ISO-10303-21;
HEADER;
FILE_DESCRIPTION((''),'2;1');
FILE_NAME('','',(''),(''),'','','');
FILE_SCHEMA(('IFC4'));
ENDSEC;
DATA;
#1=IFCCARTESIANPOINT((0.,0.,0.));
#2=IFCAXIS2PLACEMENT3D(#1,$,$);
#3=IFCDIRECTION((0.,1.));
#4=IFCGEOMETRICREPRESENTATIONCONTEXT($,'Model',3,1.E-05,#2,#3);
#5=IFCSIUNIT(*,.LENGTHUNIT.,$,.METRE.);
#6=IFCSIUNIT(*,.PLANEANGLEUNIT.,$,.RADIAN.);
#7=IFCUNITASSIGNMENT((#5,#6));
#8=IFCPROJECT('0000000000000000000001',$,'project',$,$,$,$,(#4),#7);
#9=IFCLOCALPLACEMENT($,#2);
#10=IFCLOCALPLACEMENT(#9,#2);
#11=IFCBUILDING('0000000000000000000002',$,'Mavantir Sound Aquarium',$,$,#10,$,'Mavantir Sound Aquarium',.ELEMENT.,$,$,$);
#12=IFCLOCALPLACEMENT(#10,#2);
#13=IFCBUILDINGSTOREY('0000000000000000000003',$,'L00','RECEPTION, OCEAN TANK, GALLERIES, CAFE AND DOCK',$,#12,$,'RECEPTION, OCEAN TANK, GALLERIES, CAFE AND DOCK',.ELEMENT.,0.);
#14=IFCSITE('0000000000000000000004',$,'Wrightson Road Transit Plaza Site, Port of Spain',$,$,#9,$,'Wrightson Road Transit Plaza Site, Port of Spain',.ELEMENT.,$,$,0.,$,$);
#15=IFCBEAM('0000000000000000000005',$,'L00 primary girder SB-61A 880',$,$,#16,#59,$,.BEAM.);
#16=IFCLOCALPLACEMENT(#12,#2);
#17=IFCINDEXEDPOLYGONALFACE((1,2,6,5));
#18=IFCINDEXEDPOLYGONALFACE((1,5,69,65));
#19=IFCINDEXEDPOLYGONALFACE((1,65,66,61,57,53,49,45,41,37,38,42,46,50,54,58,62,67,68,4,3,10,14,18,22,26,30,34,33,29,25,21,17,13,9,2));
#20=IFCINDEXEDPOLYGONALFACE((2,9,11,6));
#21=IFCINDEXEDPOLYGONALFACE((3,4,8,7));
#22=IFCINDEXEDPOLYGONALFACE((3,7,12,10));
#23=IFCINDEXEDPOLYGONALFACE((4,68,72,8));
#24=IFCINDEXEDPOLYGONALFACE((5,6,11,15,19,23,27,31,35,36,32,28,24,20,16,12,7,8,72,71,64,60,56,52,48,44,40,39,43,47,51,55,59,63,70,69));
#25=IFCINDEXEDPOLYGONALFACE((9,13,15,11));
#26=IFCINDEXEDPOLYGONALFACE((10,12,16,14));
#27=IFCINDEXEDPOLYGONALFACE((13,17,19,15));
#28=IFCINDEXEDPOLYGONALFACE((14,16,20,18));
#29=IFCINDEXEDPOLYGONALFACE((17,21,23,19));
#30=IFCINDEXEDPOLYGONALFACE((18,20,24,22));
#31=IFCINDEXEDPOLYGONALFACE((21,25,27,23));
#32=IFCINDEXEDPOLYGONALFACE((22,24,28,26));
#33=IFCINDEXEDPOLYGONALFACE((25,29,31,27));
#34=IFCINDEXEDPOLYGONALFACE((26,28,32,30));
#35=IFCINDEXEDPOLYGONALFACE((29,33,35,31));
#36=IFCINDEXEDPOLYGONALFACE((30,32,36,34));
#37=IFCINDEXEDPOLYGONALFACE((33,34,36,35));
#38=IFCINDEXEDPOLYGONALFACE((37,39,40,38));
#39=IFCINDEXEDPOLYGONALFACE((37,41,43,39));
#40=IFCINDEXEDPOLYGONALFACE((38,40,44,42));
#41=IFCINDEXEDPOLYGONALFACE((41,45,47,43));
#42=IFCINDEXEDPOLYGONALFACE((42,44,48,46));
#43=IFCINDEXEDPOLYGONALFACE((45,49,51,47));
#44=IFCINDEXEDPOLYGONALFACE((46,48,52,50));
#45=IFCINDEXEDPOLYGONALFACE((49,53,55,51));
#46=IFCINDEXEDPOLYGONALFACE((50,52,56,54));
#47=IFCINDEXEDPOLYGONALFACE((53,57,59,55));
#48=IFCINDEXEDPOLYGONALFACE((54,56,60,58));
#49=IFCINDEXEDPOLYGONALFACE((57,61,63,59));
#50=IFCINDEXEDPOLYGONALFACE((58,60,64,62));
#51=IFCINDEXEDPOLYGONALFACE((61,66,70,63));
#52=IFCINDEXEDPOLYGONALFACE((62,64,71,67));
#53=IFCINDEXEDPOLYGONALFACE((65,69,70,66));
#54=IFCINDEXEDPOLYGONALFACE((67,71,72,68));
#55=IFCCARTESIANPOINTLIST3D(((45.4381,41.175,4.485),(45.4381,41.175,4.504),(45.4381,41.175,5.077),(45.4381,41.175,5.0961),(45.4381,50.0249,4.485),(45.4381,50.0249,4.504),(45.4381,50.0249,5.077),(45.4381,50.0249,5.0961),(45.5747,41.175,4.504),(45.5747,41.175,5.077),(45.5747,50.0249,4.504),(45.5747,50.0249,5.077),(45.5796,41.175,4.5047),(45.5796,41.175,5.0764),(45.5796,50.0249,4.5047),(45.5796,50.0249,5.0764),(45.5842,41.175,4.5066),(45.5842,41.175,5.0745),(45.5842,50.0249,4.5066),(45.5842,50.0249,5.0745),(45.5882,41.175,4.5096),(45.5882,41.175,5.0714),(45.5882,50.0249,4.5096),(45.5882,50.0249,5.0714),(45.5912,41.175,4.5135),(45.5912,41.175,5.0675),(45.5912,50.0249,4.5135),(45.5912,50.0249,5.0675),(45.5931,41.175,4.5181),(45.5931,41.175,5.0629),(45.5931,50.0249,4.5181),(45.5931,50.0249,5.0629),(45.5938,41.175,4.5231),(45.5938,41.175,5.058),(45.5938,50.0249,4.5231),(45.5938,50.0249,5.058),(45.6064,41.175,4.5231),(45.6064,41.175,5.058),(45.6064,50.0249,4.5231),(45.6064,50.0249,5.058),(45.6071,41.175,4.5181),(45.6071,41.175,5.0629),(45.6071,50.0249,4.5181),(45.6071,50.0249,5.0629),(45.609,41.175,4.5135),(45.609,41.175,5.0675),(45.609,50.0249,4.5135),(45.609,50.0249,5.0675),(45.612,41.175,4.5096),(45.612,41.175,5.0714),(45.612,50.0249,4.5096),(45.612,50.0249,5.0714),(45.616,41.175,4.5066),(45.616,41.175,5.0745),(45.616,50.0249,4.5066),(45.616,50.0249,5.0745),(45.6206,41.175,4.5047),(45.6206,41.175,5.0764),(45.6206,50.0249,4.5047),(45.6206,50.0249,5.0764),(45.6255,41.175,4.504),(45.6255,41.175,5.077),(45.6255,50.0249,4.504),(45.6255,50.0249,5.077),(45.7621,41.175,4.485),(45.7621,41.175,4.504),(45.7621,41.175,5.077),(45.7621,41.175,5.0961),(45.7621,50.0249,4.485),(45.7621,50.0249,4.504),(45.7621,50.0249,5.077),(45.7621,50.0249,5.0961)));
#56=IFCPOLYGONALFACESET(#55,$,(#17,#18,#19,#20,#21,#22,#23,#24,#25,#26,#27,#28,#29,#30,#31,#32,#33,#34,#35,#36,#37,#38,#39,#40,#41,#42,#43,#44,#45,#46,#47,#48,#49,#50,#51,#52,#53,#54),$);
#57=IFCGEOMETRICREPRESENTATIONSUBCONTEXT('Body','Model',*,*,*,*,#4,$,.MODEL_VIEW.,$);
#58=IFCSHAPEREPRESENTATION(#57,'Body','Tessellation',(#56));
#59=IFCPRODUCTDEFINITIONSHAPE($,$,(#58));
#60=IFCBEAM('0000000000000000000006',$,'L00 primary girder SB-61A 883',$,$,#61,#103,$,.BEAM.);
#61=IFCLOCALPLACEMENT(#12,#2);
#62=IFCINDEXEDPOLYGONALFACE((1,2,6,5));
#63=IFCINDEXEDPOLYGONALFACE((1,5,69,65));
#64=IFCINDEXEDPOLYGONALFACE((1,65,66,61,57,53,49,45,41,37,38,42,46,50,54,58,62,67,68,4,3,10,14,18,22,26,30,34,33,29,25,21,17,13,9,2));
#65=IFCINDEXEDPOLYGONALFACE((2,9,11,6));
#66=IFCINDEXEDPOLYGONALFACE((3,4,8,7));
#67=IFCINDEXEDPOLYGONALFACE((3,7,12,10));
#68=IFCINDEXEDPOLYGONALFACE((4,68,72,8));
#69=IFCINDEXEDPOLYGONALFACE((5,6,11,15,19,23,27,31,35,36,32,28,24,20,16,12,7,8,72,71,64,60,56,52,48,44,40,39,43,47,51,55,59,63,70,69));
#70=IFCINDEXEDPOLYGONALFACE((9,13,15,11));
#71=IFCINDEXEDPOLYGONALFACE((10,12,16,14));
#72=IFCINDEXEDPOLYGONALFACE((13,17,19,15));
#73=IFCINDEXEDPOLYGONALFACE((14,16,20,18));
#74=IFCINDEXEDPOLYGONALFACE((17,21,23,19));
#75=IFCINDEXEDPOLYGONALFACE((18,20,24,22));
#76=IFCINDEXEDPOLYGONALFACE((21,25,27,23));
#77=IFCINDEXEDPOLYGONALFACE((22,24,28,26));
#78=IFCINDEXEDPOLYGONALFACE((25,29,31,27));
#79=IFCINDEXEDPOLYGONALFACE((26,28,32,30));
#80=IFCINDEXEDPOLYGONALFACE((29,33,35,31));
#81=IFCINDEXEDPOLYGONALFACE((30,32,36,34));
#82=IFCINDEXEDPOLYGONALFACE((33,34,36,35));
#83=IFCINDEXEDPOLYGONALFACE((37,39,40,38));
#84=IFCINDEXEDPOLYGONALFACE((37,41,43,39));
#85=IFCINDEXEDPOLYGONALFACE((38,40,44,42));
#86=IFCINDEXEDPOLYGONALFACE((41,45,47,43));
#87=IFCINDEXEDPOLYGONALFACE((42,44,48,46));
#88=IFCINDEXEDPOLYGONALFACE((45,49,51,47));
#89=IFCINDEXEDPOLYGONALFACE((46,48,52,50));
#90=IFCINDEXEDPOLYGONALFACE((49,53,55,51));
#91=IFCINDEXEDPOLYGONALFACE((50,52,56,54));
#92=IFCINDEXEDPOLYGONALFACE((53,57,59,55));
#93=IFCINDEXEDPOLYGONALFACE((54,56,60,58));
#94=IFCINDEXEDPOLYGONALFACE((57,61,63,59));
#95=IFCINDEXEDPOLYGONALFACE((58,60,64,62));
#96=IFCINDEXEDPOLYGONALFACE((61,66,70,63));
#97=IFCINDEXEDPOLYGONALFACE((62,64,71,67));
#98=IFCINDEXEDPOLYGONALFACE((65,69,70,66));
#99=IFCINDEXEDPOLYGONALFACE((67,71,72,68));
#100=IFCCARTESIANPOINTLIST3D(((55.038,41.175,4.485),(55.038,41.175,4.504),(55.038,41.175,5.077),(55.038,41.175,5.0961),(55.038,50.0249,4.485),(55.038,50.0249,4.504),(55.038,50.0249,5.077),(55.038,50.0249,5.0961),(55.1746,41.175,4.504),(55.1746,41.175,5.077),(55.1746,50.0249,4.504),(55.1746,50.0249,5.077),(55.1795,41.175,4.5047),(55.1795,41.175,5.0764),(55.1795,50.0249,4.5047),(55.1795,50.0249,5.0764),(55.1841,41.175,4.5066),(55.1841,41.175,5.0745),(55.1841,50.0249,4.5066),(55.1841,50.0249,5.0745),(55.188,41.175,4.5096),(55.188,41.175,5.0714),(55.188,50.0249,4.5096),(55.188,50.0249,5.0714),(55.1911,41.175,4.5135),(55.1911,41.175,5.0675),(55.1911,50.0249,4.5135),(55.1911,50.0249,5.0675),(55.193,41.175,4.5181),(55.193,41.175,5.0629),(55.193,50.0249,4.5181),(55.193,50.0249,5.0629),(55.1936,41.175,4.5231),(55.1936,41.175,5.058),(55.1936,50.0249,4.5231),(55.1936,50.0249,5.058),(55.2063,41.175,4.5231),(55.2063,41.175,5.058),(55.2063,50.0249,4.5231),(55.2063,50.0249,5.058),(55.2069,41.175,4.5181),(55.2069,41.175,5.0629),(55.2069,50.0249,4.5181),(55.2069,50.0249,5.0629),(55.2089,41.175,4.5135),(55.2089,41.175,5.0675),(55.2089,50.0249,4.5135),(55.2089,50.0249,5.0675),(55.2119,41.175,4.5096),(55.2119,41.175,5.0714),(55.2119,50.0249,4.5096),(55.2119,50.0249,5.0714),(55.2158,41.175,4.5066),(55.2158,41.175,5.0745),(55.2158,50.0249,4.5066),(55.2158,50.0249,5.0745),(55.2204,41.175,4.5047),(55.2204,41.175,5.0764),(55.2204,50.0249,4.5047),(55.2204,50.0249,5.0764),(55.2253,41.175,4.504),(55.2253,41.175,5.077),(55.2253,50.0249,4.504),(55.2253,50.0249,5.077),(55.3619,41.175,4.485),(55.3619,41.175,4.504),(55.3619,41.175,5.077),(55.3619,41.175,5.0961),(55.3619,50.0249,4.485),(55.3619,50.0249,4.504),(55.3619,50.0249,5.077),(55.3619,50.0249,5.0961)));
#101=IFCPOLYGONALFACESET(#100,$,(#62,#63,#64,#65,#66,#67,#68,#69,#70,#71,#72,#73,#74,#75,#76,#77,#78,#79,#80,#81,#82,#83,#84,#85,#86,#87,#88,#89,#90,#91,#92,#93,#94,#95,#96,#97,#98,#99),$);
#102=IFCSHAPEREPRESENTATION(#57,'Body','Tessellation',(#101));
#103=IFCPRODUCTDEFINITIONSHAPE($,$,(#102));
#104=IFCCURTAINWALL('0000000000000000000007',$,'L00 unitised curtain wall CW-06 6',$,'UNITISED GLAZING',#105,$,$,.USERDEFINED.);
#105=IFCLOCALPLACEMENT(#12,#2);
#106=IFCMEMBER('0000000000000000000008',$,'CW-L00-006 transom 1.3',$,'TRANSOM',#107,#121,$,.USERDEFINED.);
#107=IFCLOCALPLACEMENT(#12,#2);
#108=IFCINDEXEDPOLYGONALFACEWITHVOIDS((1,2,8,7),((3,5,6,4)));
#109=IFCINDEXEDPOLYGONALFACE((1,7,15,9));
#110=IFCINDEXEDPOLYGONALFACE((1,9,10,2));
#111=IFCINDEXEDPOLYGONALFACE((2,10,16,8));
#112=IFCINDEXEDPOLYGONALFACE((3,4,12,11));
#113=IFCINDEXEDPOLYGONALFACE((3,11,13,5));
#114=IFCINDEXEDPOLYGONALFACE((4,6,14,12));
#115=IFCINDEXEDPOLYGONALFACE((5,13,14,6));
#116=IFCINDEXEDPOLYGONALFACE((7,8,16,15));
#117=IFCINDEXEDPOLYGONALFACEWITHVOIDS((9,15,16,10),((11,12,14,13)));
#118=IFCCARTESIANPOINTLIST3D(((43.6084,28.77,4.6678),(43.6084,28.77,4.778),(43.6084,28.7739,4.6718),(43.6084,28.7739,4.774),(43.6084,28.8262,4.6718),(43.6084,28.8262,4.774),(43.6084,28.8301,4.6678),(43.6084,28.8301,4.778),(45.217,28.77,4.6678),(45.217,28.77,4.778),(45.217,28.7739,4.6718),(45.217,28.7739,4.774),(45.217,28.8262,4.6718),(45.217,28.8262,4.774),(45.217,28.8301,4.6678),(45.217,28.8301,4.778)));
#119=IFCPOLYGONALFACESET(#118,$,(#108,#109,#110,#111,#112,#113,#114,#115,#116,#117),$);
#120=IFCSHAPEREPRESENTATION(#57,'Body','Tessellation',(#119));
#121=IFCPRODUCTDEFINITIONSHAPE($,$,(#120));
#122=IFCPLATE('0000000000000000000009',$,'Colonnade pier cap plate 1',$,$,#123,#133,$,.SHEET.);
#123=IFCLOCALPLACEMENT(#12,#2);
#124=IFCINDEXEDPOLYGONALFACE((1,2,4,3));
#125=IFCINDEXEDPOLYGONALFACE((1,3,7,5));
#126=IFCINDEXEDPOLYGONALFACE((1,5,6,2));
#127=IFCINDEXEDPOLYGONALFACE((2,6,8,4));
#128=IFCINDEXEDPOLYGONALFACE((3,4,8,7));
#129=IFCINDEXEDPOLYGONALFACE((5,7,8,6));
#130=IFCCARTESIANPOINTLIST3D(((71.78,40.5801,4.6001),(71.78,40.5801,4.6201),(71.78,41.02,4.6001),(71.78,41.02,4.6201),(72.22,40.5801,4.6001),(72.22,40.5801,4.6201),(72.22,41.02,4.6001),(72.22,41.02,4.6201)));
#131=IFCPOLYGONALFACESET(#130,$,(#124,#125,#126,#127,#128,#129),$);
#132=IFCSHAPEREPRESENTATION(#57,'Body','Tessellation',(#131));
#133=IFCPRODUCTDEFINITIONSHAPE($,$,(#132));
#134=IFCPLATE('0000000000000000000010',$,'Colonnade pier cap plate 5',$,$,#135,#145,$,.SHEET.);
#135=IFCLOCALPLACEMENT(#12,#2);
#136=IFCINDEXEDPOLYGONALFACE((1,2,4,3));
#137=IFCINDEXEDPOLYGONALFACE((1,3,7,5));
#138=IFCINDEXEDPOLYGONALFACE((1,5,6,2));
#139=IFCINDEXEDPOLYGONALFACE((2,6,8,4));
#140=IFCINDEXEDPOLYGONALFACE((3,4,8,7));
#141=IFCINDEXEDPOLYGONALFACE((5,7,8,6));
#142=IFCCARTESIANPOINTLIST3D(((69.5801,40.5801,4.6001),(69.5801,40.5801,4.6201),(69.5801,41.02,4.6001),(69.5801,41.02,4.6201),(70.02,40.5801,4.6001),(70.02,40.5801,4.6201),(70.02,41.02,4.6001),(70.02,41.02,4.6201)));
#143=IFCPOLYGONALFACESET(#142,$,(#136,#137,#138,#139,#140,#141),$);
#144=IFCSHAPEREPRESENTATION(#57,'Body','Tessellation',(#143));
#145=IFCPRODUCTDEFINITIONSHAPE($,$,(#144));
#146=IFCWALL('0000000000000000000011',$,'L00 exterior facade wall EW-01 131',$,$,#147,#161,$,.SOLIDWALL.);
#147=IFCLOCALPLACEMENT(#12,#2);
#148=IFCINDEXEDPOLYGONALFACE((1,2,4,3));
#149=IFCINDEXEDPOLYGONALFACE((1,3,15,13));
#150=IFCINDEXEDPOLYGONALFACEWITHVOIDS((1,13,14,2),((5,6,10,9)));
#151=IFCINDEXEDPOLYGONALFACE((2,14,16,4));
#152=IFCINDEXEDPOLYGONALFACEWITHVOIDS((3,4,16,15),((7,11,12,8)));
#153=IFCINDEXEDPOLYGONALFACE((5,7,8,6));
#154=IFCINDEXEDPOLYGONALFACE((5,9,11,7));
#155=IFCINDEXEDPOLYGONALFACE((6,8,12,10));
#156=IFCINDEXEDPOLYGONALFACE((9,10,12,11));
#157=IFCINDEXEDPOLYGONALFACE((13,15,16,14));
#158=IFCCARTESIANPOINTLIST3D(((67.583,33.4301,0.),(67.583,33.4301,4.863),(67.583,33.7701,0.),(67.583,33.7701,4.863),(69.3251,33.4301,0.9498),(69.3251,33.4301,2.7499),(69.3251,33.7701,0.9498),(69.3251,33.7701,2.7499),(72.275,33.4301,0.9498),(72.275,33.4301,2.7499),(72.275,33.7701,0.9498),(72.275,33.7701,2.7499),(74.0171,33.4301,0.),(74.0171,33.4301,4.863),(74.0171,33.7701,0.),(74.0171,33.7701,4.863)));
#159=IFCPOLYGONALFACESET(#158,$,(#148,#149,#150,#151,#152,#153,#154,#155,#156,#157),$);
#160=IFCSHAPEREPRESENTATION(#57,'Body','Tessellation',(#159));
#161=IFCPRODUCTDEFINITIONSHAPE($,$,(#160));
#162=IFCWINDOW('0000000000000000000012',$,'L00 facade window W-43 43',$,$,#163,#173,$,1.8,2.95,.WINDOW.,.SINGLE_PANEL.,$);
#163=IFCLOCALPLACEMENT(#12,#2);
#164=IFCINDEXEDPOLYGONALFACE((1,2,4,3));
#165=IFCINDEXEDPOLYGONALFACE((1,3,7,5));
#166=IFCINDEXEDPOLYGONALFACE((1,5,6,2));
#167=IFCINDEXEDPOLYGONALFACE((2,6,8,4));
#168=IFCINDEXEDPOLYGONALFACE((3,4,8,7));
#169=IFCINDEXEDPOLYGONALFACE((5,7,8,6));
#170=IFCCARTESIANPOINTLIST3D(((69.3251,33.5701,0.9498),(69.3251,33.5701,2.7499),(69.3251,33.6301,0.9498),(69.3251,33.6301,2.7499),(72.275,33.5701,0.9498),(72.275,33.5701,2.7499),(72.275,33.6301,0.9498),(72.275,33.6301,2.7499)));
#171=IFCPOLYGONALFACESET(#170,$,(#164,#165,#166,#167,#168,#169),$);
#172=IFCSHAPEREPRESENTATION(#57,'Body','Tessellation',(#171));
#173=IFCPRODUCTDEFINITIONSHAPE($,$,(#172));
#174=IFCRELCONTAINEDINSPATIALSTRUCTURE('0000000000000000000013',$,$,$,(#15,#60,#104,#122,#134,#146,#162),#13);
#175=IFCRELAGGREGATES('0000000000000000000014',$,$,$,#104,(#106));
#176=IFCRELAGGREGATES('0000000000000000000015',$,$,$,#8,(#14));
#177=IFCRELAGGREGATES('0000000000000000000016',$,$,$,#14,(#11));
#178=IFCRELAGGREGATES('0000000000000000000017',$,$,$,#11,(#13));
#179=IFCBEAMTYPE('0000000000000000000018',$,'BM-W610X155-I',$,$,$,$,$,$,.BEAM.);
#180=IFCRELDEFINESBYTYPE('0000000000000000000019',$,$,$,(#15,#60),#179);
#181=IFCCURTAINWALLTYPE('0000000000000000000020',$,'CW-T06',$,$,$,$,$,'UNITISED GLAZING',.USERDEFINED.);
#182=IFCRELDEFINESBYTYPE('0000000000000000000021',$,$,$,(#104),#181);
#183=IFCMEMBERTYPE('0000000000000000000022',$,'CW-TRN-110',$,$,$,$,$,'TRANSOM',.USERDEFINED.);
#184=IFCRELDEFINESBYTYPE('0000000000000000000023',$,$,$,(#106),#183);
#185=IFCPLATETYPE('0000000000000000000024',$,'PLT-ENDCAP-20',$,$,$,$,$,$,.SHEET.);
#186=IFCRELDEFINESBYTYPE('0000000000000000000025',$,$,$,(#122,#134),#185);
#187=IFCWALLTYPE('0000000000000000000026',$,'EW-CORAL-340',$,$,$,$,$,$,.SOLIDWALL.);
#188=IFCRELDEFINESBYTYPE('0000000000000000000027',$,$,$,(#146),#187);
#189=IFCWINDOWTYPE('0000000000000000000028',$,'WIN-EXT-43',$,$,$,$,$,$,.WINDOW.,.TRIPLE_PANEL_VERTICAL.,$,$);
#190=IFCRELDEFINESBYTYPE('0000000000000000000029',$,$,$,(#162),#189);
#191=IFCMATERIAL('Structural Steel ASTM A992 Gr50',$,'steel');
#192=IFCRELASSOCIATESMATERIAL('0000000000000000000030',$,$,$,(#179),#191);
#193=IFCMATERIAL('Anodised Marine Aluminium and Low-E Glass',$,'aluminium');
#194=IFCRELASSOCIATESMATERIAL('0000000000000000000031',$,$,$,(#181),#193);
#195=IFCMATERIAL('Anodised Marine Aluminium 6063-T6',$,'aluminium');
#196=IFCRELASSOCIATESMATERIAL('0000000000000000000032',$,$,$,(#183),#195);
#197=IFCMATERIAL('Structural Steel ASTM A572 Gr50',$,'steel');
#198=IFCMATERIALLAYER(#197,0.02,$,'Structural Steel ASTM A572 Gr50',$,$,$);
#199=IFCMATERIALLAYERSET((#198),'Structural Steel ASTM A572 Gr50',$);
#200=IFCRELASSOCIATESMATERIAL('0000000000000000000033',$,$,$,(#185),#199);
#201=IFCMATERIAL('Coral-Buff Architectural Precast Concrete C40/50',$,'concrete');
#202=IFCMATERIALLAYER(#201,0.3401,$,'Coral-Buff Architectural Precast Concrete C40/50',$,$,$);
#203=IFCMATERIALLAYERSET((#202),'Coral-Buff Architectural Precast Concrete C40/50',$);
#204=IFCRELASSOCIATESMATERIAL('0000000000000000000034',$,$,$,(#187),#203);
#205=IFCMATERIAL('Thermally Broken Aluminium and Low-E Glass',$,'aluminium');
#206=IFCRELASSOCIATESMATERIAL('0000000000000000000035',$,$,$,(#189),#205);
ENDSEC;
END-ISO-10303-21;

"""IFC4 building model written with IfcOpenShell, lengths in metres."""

from ifc_helpers import new_model, si_unit, direction, frame, frame_2d, origin, origin_2d, place, context, subcontext, project, spatial, rectangle, hollow_rectangle, i_section, extrude, material, layer, layer_set, material_profile, profile_set, type_object, element, fill, aggregate, save


model = new_model("IFC4")

# Units and contexts
model_context = context("Model", 3, precision=1e-05, world=origin(), true_north=direction((0.0, 1.0)))
body_context = subcontext(model_context, "Body", "Model", "MODEL_VIEW")
ifc_project = project(units=[si_unit("LENGTHUNIT", "METRE"), si_unit("PLANEANGLEUNIT", "RADIAN")], contexts=[model_context])

# Site, building, storey
site_placement = place(None, origin())
site = spatial("IfcSite", under=ifc_project, at=site_placement, Name="Wrightson Road Transit Plaza Site, Port of Spain", LongName="Wrightson Road Transit Plaza Site, Port of Spain", CompositionType="ELEMENT", RefElevation=0.0)
building_placement = place(site_placement, origin())
building = spatial("IfcBuilding", under=site, at=building_placement, Name="Mavantir Sound Aquarium", LongName="Mavantir Sound Aquarium", CompositionType="ELEMENT")
storey_placement = place(building_placement, origin())
storey = spatial("IfcBuildingStorey", under=building, at=storey_placement, Name="L00", Description="RECEPTION, OCEAN TANK, GALLERIES, CAFE AND DOCK", LongName="RECEPTION, OCEAN TANK, GALLERIES, CAFE AND DOCK", CompositionType="ELEMENT", Elevation=0.0)

# Beams
ifc_material_1 = material(Name="Structural Steel ASTM A992 Gr50", Category="steel")
ifc_material_profile_1 = material_profile(ifc_material_1, i_section(OverallWidth=0.324, OverallDepth=0.6111, WebThickness=0.0127, FlangeThickness=0.019, FilletRadius=0.019, at=origin_2d()), Name="W610X155")
ifc_profile_set_1 = profile_set([ifc_material_profile_1], Name="Structural Steel ASTM A992 Gr50")
beam_type_1 = type_object("IfcBeamType", Name="BM-W610X155-I", PredefinedType="BEAM", material=ifc_profile_set_1)
for number, where, z_axis, x_axis, name in (
    (1, (45.6001, 41.175, 4.7905), (0.0, 1.0, 0.0), (-1.0, 0.0, 0.0), "L00 primary girder SB-61A 880"),
    (2, (55.2, 41.175, 4.7905), (0.0, 1.0, 0.0), (-1.0, 0.0, 0.0), "L00 primary girder SB-61A 883"),
):
    element("IfcBeam", number, at=place(storey_placement, frame(where, z_axis=z_axis, x_axis=x_axis)), inside=storey, type_object=beam_type_1, Name=name, PredefinedType="BEAM", context=body_context, shape_type="SweptSolid", body=[
        extrude(i_section(OverallWidth=0.324, OverallDepth=0.6111, WebThickness=0.0127, FlangeThickness=0.019, FilletRadius=0.019, at=origin_2d()), origin(), (0.0, 0.0, 1.0), 8.8499),
    ])

# Curtain wall, member
ifc_material_2 = material(Name="Anodised Marine Aluminium and Low-E Glass", Category="aluminium")
curtain_wall_type = type_object("IfcCurtainWallType", Name="CW-T06", ElementType="UNITISED GLAZING", PredefinedType="USERDEFINED", material=ifc_material_2)
curtain_wall_placement = place(storey_placement, origin())
curtain_wall = element("IfcCurtainWall", 3, at=curtain_wall_placement, inside=storey, type_object=curtain_wall_type, Name="L00 unitised curtain wall CW-06 6", ObjectType="UNITISED GLAZING", PredefinedType="USERDEFINED")
ifc_material_3 = material(Name="Anodised Marine Aluminium 6063-T6", Category="aluminium")
ifc_material_profile_2 = material_profile(ifc_material_3, hollow_rectangle(XDim=0.0601, YDim=0.1101, WallThickness=0.0039, at=origin_2d()), Name="ALU-TRANSOM-110X60")
ifc_profile_set_2 = profile_set([ifc_material_profile_2], Name="Anodised Marine Aluminium 6063-T6")
member_type = type_object("IfcMemberType", Name="CW-TRN-110", ElementType="TRANSOM", PredefinedType="USERDEFINED", material=ifc_profile_set_2)
member_placement = place(storey_placement, frame((45.217, 28.8, 4.7229), z_axis=(-1.0, 0.0, 0.0), x_axis=(0.0, -1.0, 0.0)))
member = element("IfcMember", 4, at=member_placement, type_object=member_type, Name="CW-L00-006 transom 1.3", ObjectType="TRANSOM", PredefinedType="USERDEFINED", context=body_context, shape_type="SweptSolid", body=[
    extrude(hollow_rectangle(XDim=0.0601, YDim=0.1101, WallThickness=0.0039, at=origin_2d()), origin(), (0.0, 0.0, 1.0), 1.6086),
])
aggregate(curtain_wall, [member])

# Plates
ifc_material_4 = material(Name="Structural Steel ASTM A572 Gr50", Category="steel")
ifc_layer_1 = layer(ifc_material_4, 0.02, Name="Structural Steel ASTM A572 Gr50")
ifc_layer_set_1 = layer_set([ifc_layer_1], Name="Structural Steel ASTM A572 Gr50")
plate_type = type_object("IfcPlateType", Name="PLT-ENDCAP-20", PredefinedType="SHEET", material=ifc_layer_set_1)
for number, where, z_axis, x_axis, name in (
    (5, (72.0, 40.8, 4.6001), (0.0, 0.0, 1.0), (1.0, 0.0, 0.0), "Colonnade pier cap plate 1"),
    (6, (69.8, 40.8, 4.6001), (0.0, 0.0, 1.0), (1.0, 0.0, 0.0), "Colonnade pier cap plate 5"),
):
    element("IfcPlate", number, at=place(storey_placement, frame(where, z_axis=z_axis, x_axis=x_axis)), inside=storey, type_object=plate_type, Name=name, PredefinedType="SHEET", context=body_context, shape_type="SweptSolid", body=[
        extrude(rectangle(XDim=0.4399, YDim=0.4399, at=origin_2d()), origin(), (0.0, 0.0, 1.0), 0.02),
    ])

# Wall, opening, window
ifc_material_5 = material(Name="Coral-Buff Architectural Precast Concrete C40/50", Category="concrete")
ifc_layer_2 = layer(ifc_material_5, 0.3401, Name="Coral-Buff Architectural Precast Concrete C40/50")
ifc_layer_set_2 = layer_set([ifc_layer_2], Name="Coral-Buff Architectural Precast Concrete C40/50")
wall_type_1 = type_object("IfcWallType", Name="EW-CORAL-340", PredefinedType="SOLIDWALL", material=ifc_layer_set_2)
wall_1_placement = place(storey_placement, frame((74.0171, 33.6001, 0.0), z_axis=(0.0, 0.0, 1.0), x_axis=(-1.0, 0.0, 0.0)))
wall_1 = element("IfcWall", 7, at=wall_1_placement, inside=storey, type_object=wall_type_1, Name="L00 exterior facade wall EW-01 131", PredefinedType="SOLIDWALL", context=body_context, shape_type="SweptSolid", body=[
    extrude(rectangle(XDim=6.4341, YDim=0.3401, at=frame_2d((3.217, 0.0))), origin(), (0.0, 0.0, 1.0), 4.863),
])
opening_1_placement = place(wall_1_placement, frame((1.7419, 0.0, 0.95)))
opening_1 = element("IfcOpeningElement", 8, at=opening_1_placement, cuts=wall_1, PredefinedType="OPENING", context=body_context, shape_type="SweptSolid", body=[
    extrude(rectangle(XDim=2.95, YDim=1.8, at=frame_2d((1.4751, 0.8999))), frame((0.0, 0.1802, 0.0), z_axis=(0.0, -1.0, 0.0), x_axis=(1.0, 0.0, 0.0)), (0.0, 0.0, 1.0), 0.3601),
])
ifc_material_6 = material(Name="Thermally Broken Aluminium and Low-E Glass", Category="aluminium")
window_type_1 = type_object("IfcWindowType", Name="WIN-EXT-43", PartitioningType="TRIPLE_PANEL_VERTICAL", PredefinedType="WINDOW", material=ifc_material_6)
window_1_placement = place(opening_1_placement, origin())
window_1 = element("IfcWindow", 9, at=window_1_placement, inside=storey, type_object=window_type_1, Name="L00 facade window W-43 43", OverallHeight=1.8, OverallWidth=2.95, PartitioningType="SINGLE_PANEL", PredefinedType="WINDOW", context=body_context, shape_type="SweptSolid", body=[
    extrude(rectangle(XDim=2.95, YDim=1.8, at=frame_2d((1.4751, 0.8999))), frame((0.0, 0.03, 0.0), z_axis=(0.0, -1.0, 0.0), x_axis=(1.0, 0.0, 0.0)), (0.0, 0.0, 1.0), 0.0601),
])
fill(opening_1, window_1)

save(model, "model.ifc")
